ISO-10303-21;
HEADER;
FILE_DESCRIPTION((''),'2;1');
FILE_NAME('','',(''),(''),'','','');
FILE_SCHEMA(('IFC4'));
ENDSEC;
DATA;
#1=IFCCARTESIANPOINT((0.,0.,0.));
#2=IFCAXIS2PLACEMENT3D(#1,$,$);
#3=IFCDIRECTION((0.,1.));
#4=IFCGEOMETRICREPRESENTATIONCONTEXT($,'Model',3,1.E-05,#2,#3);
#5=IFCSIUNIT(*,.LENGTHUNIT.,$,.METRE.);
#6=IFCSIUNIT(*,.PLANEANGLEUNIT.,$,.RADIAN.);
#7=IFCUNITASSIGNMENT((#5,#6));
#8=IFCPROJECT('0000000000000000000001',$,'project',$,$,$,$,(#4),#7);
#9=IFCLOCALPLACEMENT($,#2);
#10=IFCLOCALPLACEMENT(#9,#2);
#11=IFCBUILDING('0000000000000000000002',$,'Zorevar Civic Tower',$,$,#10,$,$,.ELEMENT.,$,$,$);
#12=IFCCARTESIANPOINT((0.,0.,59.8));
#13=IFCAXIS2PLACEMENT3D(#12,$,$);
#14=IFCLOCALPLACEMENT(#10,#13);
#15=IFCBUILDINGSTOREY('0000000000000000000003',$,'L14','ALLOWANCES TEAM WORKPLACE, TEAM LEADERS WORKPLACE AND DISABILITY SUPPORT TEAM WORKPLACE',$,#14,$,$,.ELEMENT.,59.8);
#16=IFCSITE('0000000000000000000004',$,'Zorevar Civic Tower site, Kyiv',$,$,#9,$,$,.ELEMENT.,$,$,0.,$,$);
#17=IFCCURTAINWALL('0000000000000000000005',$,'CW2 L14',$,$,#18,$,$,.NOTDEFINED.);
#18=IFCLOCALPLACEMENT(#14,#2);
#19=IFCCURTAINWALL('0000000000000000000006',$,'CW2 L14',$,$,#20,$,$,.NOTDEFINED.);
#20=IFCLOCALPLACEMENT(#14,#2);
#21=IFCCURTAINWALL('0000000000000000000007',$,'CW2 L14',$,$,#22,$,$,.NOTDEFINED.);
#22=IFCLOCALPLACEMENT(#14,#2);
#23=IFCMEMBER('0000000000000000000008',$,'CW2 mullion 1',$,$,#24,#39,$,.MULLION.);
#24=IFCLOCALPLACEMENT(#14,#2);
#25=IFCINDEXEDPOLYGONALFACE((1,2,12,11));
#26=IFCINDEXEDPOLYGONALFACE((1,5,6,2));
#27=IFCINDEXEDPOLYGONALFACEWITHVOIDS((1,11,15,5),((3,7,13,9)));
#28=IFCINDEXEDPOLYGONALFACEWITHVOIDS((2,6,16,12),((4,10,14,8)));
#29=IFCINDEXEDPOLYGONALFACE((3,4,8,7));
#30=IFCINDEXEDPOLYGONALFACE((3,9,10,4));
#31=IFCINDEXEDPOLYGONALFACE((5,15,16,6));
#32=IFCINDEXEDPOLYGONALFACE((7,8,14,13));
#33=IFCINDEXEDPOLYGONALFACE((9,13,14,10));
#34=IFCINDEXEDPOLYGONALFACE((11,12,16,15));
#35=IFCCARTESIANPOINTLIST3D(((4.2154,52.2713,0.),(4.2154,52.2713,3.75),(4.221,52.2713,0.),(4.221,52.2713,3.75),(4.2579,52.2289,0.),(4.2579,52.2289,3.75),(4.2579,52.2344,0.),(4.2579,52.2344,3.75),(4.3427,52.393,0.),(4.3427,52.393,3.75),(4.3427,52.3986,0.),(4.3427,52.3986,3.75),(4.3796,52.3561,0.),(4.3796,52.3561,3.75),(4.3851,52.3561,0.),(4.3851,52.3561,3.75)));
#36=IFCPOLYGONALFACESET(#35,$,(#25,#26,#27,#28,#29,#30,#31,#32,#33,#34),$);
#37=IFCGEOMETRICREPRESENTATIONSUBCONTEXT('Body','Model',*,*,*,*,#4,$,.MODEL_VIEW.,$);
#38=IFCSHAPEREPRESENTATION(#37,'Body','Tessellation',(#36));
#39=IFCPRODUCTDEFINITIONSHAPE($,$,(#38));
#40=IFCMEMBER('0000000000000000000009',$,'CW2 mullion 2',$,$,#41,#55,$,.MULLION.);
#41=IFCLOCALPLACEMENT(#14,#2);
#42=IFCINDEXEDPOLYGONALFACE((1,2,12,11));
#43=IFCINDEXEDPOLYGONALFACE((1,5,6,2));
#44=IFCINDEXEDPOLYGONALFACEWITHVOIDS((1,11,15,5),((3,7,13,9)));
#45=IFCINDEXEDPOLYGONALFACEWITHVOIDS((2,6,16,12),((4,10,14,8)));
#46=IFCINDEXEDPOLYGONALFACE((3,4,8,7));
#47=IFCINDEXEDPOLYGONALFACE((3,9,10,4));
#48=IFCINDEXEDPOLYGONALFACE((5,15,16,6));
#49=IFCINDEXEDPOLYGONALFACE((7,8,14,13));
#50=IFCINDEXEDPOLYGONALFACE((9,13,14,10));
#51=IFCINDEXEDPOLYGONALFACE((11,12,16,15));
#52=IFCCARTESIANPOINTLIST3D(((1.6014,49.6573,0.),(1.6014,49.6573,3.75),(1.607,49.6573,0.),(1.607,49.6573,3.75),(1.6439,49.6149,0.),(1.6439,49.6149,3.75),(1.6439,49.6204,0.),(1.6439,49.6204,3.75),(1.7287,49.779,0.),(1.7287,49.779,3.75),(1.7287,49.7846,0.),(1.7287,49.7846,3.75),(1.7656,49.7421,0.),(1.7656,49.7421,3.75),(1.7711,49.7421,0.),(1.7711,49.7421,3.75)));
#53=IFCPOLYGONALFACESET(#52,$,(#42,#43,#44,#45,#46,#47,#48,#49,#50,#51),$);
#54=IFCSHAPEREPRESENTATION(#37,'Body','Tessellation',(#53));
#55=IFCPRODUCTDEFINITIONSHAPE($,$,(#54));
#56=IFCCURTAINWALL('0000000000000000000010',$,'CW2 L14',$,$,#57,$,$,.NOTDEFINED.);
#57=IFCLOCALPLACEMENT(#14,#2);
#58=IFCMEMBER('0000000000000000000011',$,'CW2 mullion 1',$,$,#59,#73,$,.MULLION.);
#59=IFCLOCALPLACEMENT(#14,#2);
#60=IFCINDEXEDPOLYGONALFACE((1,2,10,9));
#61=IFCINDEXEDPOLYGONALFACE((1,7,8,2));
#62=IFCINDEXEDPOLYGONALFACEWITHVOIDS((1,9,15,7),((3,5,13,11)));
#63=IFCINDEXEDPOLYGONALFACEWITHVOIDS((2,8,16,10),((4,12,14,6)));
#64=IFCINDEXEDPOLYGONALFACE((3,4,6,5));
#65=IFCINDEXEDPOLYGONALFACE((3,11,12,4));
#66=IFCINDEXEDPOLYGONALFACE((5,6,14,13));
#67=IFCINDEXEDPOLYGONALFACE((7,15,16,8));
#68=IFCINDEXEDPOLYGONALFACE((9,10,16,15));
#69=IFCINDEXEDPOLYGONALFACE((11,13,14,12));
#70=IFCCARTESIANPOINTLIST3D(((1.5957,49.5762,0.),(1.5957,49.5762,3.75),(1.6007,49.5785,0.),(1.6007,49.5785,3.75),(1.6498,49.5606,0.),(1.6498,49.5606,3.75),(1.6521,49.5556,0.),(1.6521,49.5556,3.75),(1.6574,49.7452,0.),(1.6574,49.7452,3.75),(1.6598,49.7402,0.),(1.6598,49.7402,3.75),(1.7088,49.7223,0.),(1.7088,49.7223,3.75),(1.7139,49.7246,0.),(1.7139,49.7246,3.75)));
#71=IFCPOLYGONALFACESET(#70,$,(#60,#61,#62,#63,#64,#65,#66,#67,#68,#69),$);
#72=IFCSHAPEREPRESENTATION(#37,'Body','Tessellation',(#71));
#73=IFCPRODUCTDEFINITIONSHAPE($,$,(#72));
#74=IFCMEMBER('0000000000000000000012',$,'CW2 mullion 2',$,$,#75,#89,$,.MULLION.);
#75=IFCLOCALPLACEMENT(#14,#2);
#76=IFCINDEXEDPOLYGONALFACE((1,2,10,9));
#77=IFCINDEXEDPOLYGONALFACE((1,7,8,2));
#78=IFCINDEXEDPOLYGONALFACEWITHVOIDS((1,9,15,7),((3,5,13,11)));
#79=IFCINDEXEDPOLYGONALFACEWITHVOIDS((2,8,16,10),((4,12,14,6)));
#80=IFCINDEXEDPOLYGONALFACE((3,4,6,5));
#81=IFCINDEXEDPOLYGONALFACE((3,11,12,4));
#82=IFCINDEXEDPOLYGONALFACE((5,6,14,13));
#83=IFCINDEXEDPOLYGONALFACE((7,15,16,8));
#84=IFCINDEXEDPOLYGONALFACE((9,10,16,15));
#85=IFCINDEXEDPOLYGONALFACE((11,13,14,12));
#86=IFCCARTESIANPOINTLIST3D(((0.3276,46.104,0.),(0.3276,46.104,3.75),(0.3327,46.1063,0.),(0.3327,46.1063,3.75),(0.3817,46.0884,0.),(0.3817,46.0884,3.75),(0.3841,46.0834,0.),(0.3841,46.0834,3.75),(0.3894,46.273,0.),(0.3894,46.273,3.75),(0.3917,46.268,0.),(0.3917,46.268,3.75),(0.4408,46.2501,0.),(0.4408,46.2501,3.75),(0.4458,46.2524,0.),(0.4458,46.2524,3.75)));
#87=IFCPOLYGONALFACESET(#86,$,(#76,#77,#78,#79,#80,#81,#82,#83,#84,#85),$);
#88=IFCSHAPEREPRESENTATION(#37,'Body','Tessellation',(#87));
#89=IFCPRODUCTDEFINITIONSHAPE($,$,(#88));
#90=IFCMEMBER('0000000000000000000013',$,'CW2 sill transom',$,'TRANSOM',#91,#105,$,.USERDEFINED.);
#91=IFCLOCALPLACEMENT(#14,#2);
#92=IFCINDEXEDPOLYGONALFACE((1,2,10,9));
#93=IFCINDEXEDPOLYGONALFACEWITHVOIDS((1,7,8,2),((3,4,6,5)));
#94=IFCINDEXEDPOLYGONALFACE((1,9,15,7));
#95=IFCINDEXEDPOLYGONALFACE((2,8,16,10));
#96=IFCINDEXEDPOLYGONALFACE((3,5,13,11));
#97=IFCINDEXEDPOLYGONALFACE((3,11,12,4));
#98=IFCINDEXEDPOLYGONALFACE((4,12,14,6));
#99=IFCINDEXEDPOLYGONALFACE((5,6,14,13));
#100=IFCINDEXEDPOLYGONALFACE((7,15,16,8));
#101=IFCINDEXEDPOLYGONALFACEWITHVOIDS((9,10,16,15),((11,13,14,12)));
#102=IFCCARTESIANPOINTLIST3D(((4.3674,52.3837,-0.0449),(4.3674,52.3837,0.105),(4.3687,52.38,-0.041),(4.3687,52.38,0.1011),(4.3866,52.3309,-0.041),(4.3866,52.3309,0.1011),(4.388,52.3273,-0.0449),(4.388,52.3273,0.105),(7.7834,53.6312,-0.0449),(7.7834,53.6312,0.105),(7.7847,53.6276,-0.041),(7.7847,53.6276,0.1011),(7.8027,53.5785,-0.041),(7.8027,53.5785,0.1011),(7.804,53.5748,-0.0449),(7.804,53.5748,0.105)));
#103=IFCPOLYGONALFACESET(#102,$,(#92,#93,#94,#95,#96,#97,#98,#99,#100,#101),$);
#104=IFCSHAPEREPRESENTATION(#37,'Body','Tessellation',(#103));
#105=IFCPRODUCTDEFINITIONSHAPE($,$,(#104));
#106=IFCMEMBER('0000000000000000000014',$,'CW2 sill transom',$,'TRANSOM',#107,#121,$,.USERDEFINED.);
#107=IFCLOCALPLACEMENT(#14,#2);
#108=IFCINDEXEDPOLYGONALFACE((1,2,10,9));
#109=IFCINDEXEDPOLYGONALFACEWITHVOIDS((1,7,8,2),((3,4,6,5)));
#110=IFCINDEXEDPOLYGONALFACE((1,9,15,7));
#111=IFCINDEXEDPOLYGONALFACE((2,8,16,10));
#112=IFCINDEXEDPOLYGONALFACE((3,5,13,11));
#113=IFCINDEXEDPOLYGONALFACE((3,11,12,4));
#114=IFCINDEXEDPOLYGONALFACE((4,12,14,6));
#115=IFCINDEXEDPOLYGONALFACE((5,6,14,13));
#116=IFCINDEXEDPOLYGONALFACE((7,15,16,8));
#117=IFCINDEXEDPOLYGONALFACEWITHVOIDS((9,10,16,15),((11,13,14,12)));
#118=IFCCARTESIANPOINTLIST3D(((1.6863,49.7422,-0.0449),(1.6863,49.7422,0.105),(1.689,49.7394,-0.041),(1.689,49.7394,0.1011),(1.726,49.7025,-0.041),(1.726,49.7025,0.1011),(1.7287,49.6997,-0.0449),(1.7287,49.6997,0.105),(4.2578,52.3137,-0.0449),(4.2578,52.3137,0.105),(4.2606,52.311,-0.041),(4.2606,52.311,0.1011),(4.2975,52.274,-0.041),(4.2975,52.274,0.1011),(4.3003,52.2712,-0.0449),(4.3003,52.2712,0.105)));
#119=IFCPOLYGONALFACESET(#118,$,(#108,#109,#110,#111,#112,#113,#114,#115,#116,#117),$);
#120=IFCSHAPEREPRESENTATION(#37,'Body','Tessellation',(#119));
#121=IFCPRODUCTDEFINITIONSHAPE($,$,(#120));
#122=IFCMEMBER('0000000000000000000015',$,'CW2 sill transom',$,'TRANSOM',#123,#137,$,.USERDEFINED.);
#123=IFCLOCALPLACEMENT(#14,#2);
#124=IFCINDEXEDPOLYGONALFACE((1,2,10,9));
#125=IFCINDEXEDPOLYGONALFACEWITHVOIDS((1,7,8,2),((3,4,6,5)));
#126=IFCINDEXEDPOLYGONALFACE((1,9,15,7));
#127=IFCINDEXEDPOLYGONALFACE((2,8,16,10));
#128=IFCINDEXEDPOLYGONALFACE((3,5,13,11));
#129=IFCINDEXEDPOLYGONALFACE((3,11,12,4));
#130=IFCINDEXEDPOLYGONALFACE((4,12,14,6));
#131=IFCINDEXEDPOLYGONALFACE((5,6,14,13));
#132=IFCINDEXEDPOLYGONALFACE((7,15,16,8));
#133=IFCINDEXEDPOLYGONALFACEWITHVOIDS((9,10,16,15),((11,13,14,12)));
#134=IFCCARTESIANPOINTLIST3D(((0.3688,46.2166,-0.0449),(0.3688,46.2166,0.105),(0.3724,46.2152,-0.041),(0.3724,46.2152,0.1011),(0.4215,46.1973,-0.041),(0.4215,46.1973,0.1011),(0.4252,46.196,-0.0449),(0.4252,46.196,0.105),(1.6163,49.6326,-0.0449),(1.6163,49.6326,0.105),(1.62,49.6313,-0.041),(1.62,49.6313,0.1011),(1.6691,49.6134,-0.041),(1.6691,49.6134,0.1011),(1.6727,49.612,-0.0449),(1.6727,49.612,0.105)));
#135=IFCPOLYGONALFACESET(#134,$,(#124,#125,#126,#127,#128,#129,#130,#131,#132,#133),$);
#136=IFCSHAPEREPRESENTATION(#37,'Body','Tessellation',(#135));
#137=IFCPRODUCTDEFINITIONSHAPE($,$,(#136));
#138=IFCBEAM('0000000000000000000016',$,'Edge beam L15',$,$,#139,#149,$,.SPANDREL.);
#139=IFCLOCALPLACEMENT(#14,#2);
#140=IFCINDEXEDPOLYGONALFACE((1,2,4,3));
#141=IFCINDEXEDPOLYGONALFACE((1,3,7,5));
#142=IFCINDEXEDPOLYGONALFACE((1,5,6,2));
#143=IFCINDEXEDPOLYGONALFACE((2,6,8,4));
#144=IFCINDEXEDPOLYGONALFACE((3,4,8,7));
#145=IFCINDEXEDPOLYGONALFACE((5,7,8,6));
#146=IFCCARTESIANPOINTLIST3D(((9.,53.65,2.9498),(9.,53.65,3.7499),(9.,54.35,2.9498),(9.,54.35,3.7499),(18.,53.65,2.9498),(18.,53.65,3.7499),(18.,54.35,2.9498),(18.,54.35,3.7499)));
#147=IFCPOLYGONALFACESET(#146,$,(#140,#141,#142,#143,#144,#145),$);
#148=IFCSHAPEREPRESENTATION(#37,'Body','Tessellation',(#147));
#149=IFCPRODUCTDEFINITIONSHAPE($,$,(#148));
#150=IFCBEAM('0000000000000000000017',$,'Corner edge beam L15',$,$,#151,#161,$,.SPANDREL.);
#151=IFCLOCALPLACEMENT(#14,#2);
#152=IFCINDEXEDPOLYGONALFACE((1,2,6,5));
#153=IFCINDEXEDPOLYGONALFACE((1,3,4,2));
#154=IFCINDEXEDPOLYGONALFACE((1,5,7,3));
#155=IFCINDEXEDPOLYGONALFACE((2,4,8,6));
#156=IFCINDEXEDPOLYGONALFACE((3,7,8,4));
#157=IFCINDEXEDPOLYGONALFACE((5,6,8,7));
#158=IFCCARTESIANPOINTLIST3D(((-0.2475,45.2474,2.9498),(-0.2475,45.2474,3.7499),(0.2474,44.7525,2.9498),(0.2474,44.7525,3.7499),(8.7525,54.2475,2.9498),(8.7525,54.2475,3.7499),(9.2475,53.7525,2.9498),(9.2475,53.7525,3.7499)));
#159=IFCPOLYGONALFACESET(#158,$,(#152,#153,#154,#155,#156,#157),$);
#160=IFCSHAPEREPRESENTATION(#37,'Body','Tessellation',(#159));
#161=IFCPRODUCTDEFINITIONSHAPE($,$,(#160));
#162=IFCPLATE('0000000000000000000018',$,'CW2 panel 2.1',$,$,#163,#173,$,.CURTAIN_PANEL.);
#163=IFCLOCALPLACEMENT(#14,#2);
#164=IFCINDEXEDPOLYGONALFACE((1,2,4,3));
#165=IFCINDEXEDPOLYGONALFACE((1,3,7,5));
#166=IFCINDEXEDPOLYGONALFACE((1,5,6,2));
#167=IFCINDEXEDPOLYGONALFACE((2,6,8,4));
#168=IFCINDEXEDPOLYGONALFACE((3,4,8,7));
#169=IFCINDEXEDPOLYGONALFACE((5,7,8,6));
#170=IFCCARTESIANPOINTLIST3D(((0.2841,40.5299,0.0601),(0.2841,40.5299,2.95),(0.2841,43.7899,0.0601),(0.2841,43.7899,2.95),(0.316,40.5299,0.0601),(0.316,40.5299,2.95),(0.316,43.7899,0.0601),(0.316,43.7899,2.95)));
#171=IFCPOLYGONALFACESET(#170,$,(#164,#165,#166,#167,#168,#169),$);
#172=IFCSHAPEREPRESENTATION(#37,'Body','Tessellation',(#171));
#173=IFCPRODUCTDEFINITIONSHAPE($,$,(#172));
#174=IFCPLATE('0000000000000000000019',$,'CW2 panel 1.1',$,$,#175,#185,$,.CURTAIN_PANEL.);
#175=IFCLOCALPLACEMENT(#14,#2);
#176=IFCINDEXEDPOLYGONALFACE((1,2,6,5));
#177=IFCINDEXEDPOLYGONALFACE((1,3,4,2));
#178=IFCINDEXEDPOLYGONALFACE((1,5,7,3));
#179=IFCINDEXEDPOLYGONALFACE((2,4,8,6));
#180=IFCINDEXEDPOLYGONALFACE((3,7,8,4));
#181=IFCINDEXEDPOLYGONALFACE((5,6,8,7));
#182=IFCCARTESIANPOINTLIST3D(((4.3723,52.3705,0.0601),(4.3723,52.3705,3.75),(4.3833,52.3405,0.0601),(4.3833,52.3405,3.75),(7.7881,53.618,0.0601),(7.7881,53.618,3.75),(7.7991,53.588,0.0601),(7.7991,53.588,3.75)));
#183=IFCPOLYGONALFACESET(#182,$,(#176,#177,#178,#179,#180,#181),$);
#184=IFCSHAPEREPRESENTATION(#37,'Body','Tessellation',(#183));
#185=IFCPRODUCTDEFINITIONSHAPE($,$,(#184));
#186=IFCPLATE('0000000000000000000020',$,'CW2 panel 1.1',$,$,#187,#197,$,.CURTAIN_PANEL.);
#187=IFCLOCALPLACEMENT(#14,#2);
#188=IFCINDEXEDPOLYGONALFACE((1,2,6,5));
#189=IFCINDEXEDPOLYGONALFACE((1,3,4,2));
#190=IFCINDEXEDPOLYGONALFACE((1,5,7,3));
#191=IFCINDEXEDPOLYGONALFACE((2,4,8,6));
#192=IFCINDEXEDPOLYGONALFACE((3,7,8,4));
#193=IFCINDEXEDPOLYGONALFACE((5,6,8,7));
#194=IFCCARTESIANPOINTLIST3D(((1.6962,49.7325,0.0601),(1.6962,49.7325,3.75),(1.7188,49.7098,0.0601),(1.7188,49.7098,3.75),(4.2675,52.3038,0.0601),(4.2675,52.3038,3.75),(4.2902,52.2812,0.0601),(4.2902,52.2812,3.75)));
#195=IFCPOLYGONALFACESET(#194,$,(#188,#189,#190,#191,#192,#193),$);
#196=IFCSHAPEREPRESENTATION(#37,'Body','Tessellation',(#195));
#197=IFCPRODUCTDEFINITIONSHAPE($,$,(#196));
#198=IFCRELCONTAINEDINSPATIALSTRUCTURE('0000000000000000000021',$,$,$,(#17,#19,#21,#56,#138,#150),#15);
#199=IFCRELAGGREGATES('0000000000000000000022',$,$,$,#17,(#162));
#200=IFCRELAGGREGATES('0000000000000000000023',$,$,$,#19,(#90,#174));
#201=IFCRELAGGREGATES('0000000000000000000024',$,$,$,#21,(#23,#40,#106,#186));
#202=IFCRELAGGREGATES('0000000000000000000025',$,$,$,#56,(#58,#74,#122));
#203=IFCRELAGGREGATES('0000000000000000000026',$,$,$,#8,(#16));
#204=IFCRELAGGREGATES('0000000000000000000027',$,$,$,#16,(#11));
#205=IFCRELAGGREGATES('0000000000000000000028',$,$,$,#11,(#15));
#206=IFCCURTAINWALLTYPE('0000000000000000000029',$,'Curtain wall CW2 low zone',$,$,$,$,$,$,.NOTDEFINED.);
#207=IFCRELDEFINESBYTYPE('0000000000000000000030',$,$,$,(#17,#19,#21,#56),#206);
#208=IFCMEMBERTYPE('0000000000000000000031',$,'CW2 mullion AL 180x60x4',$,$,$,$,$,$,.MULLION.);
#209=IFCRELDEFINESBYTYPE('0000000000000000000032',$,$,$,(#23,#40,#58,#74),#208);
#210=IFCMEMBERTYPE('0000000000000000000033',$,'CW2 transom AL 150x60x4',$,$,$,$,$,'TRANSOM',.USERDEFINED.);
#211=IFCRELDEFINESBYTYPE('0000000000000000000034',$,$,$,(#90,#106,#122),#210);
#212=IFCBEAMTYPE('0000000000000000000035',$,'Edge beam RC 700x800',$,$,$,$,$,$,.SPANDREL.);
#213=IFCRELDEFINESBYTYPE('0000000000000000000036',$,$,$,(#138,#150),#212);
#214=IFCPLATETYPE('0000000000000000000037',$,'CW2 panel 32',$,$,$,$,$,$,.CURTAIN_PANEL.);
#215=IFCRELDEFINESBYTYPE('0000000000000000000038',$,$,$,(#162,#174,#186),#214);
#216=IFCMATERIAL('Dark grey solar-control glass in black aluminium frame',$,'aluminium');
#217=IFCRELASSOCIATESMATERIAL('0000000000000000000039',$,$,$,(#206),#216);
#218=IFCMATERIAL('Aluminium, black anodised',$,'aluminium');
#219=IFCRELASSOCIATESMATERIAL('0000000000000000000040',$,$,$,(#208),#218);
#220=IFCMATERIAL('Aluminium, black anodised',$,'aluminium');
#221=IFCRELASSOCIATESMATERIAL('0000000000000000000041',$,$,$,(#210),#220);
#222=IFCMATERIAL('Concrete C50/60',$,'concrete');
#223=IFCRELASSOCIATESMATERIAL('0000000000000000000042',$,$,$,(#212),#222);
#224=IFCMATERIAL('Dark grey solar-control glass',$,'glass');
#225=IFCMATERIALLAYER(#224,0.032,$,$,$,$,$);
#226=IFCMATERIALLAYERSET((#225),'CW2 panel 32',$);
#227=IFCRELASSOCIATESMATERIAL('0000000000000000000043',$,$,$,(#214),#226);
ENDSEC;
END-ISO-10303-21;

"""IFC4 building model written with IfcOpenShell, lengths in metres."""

from ifc_helpers import new_model, si_unit, direction, frame, origin, origin_2d, place, context, subcontext, project, spatial, rectangle, hollow_rectangle, extrude, material, layer, layer_set, material_profile, profile_set, type_object, element, aggregate, save


model = new_model("IFC4")

# Units and contexts
model_context = context("Model", 3, precision=1e-05, world=origin(), true_north=direction((0.0, 1.0)))
body_context = subcontext(model_context, "Body", "Model", "MODEL_VIEW")
ifc_project = project(units=[si_unit("LENGTHUNIT", "METRE"), si_unit("PLANEANGLEUNIT", "RADIAN")], contexts=[model_context])

# Site, building, storey
site_placement = place(None, origin())
site = spatial("IfcSite", under=ifc_project, at=site_placement, Name="Zorevar Civic Tower site, Kyiv", CompositionType="ELEMENT", RefElevation=0.0)
building_placement = place(site_placement, origin())
building = spatial("IfcBuilding", under=site, at=building_placement, Name="Zorevar Civic Tower", CompositionType="ELEMENT")
storey_placement = place(building_placement, frame((0.0, 0.0, 59.8)))
storey = spatial("IfcBuildingStorey", under=building, at=storey_placement, Name="L14", Description="ALLOWANCES TEAM WORKPLACE, TEAM LEADERS WORKPLACE AND DISABILITY SUPPORT TEAM WORKPLACE", CompositionType="ELEMENT", Elevation=59.8)

# Curtain wall
ifc_material_1 = material(Name="Dark grey solar-control glass in black aluminium frame", Category="aluminium")
curtain_wall_type = type_object("IfcCurtainWallType", Name="Curtain wall CW2 low zone", PredefinedType="NOTDEFINED", material=ifc_material_1)
ifc_material_2 = material(Name="Aluminium, black anodised", Category="aluminium")
ifc_material_profile_1 = material_profile(ifc_material_2, hollow_rectangle(XDim=0.0601, YDim=0.1799, WallThickness=0.0039, at=origin_2d()), Name="AL 180x60x4")
ifc_profile_set_1 = profile_set([ifc_material_profile_1], Name="Aluminium, black anodised")
member_type_1 = type_object("IfcMemberType", Name="CW2 mullion AL 180x60x4", PredefinedType="MULLION", material=ifc_profile_set_1)
curtain_wall_1_placement = place(storey_placement, origin())
curtain_wall_1 = element("IfcCurtainWall", 1, at=curtain_wall_1_placement, inside=storey, type_object=curtain_wall_type, Name="CW2 L14", PredefinedType="NOTDEFINED")

# Curtain walls, members
curtain_wall_2_placement = place(storey_placement, origin())
curtain_wall_2 = element("IfcCurtainWall", 2, at=curtain_wall_2_placement, inside=storey, type_object=curtain_wall_type, Name="CW2 L14", PredefinedType="NOTDEFINED")
curtain_wall_3_placement = place(storey_placement, origin())
curtain_wall_3 = element("IfcCurtainWall", 3, at=curtain_wall_3_placement, inside=storey, type_object=curtain_wall_type, Name="CW2 L14", PredefinedType="NOTDEFINED")
member_1_placement = place(storey_placement, frame((4.3003, 52.3137, 0.0), z_axis=(0.0, 0.0, 1.0), x_axis=(0.707107, -0.707107, 0.0)))
member_1 = element("IfcMember", 4, at=member_1_placement, type_object=member_type_1, Name="CW2 mullion 1", PredefinedType="MULLION", context=body_context, shape_type="SweptSolid", body=[
    extrude(hollow_rectangle(XDim=0.0601, YDim=0.1799, WallThickness=0.0039, at=origin_2d()), origin(), (0.0, 0.0, 1.0), 3.75),
])
member_2_placement = place(storey_placement, frame((1.6863, 49.6997, 0.0), z_axis=(0.0, 0.0, 1.0), x_axis=(0.707107, -0.707107, 0.0)))
member_2 = element("IfcMember", 5, at=member_2_placement, type_object=member_type_1, Name="CW2 mullion 2", PredefinedType="MULLION", context=body_context, shape_type="SweptSolid", body=[
    extrude(hollow_rectangle(XDim=0.0601, YDim=0.1799, WallThickness=0.0039, at=origin_2d()), origin(), (0.0, 0.0, 1.0), 3.75),
])
curtain_wall_4_placement = place(storey_placement, origin())
curtain_wall_4 = element("IfcCurtainWall", 6, at=curtain_wall_4_placement, inside=storey, type_object=curtain_wall_type, Name="CW2 L14", PredefinedType="NOTDEFINED")
member_3_placement = place(storey_placement, frame((1.6548, 49.6504, 0.0), z_axis=(0.0, 0.0, 1.0), x_axis=(0.939313, -0.34306, 0.0)))
member_3 = element("IfcMember", 7, at=member_3_placement, type_object=member_type_1, Name="CW2 mullion 1", PredefinedType="MULLION", context=body_context, shape_type="SweptSolid", body=[
    extrude(hollow_rectangle(XDim=0.0601, YDim=0.1799, WallThickness=0.0039, at=origin_2d()), origin(), (0.0, 0.0, 1.0), 3.75),
])
member_4_placement = place(storey_placement, frame((0.3867, 46.1782, 0.0), z_axis=(0.0, 0.0, 1.0), x_axis=(0.939313, -0.34306, 0.0)))
member_4 = element("IfcMember", 8, at=member_4_placement, type_object=member_type_1, Name="CW2 mullion 2", PredefinedType="MULLION", context=body_context, shape_type="SweptSolid", body=[
    extrude(hollow_rectangle(XDim=0.0601, YDim=0.1799, WallThickness=0.0039, at=origin_2d()), origin(), (0.0, 0.0, 1.0), 3.75),
])

# Members
ifc_material_3 = material(Name="Aluminium, black anodised", Category="aluminium")
ifc_material_profile_2 = material_profile(ifc_material_3, hollow_rectangle(XDim=0.0601, YDim=0.1499, WallThickness=0.0039, at=origin_2d()), Name="AL 150x60x4")
ifc_profile_set_2 = profile_set([ifc_material_profile_2], Name="Aluminium, black anodised")
member_type_2 = type_object("IfcMemberType", Name="CW2 transom AL 150x60x4", ElementType="TRANSOM", PredefinedType="USERDEFINED", material=ifc_profile_set_2)
member_5_placement = place(storey_placement, frame((7.7937, 53.603, 0.03), z_axis=(-0.939318, -0.343047, 0.0), x_axis=(0.343047, -0.939318, 0.0)))
member_5 = element("IfcMember", 9, at=member_5_placement, type_object=member_type_2, Name="CW2 sill transom", ObjectType="TRANSOM", PredefinedType="USERDEFINED", context=body_context, shape_type="SweptSolid", body=[
    extrude(hollow_rectangle(XDim=0.0601, YDim=0.1499, WallThickness=0.0039, at=origin_2d()), origin(), (0.0, 0.0, 1.0), 3.6367),
])
member_6_placement = place(storey_placement, frame((4.2791, 52.2925, 0.03), z_axis=(-0.707107, -0.707107, 0.0), x_axis=(0.707107, -0.707107, 0.0)))
member_6 = element("IfcMember", 10, at=member_6_placement, type_object=member_type_2, Name="CW2 sill transom", ObjectType="TRANSOM", PredefinedType="USERDEFINED", context=body_context, shape_type="SweptSolid", body=[
    extrude(hollow_rectangle(XDim=0.0601, YDim=0.1499, WallThickness=0.0039, at=origin_2d()), origin(), (0.0, 0.0, 1.0), 3.6367),
])
member_7_placement = place(storey_placement, frame((1.6445, 49.6223, 0.03), z_axis=(-0.343047, -0.939318, 0.0), x_axis=(0.939318, -0.343047, 0.0)))
member_7 = element("IfcMember", 11, at=member_7_placement, type_object=member_type_2, Name="CW2 sill transom", ObjectType="TRANSOM", PredefinedType="USERDEFINED", context=body_context, shape_type="SweptSolid", body=[
    extrude(hollow_rectangle(XDim=0.0601, YDim=0.1499, WallThickness=0.0039, at=origin_2d()), origin(), (0.0, 0.0, 1.0), 3.6367),
])

# Beams
ifc_material_4 = material(Name="Concrete C50/60", Category="concrete")
ifc_material_profile_3 = material_profile(ifc_material_4, rectangle(XDim=0.7, YDim=0.8, at=origin_2d()), Name="RC 700x800")
ifc_profile_set_3 = profile_set([ifc_material_profile_3], Name="Concrete C50/60")
beam_type_1 = type_object("IfcBeamType", Name="Edge beam RC 700x800", PredefinedType="SPANDREL", material=ifc_profile_set_3)
beam_1_placement = place(storey_placement, frame((9.0, 54.0, 3.3499), z_axis=(1.0, 0.0, 0.0), x_axis=(0.0, 1.0, 0.0)))
element("IfcBeam", 12, at=beam_1_placement, inside=storey, type_object=beam_type_1, Name="Edge beam L15", PredefinedType="SPANDREL", context=body_context, shape_type="SweptSolid", body=[
    extrude(rectangle(XDim=0.7, YDim=0.8, at=origin_2d()), origin(), (0.0, 0.0, 1.0), 9.0),
])
beam_2_placement = place(storey_placement, frame((9.0, 54.0, 3.3499), z_axis=(-0.707107, -0.707107, 0.0), x_axis=(0.707107, -0.707107, 0.0)))
element("IfcBeam", 13, at=beam_2_placement, inside=storey, type_object=beam_type_1, Name="Corner edge beam L15", PredefinedType="SPANDREL", context=body_context, shape_type="SweptSolid", body=[
    extrude(rectangle(XDim=0.7, YDim=0.8, at=origin_2d()), origin(), (0.0, 0.0, 1.0), 12.728),
])

# Plates
ifc_material_5 = material(Name="Dark grey solar-control glass", Category="glass")
ifc_layer_1 = layer(ifc_material_5, 0.032)
ifc_layer_set_1 = layer_set([ifc_layer_1], Name="CW2 panel 32")
plate_type = type_object("IfcPlateType", Name="CW2 panel 32", PredefinedType="CURTAIN_PANEL", material=ifc_layer_set_1)
plate_1_placement = place(storey_placement, frame((0.3, 42.1599, 0.0601), z_axis=(0.0, 0.0, 1.0), x_axis=(0.0, 1.0, 0.0)))
plate_1 = element("IfcPlate", 14, at=plate_1_placement, type_object=plate_type, Name="CW2 panel 2.1", PredefinedType="CURTAIN_PANEL", context=body_context, shape_type="SweptSolid", body=[
    extrude(rectangle(XDim=3.26, YDim=0.032, at=origin_2d()), origin(), (0.0, 0.0, 1.0), 2.8899),
])
aggregate(curtain_wall_1, [plate_1])
plate_2_placement = place(storey_placement, frame((6.0857, 52.9792, 0.0601), z_axis=(0.0, 0.0, 1.0), x_axis=(-0.939313, -0.34306, 0.0)))
plate_2 = element("IfcPlate", 15, at=plate_2_placement, type_object=plate_type, Name="CW2 panel 1.1", PredefinedType="CURTAIN_PANEL", context=body_context, shape_type="SweptSolid", body=[
    extrude(rectangle(XDim=3.6365, YDim=0.032, at=origin_2d()), origin(), (0.0, 0.0, 1.0), 3.6899),
])
aggregate(curtain_wall_2, [member_5, plate_2])
plate_3_placement = place(storey_placement, frame((2.9932, 51.0068, 0.0601), z_axis=(0.0, 0.0, 1.0), x_axis=(-0.707107, -0.707107, 0.0)))
plate_3 = element("IfcPlate", 16, at=plate_3_placement, type_object=plate_type, Name="CW2 panel 1.1", PredefinedType="CURTAIN_PANEL", context=body_context, shape_type="SweptSolid", body=[
    extrude(rectangle(XDim=3.6365, YDim=0.032, at=origin_2d()), origin(), (0.0, 0.0, 1.0), 3.6899),
])
aggregate(curtain_wall_3, [member_1, member_2, member_6, plate_3])
aggregate(curtain_wall_4, [member_3, member_4, member_7])

save(model, "model.ifc")
